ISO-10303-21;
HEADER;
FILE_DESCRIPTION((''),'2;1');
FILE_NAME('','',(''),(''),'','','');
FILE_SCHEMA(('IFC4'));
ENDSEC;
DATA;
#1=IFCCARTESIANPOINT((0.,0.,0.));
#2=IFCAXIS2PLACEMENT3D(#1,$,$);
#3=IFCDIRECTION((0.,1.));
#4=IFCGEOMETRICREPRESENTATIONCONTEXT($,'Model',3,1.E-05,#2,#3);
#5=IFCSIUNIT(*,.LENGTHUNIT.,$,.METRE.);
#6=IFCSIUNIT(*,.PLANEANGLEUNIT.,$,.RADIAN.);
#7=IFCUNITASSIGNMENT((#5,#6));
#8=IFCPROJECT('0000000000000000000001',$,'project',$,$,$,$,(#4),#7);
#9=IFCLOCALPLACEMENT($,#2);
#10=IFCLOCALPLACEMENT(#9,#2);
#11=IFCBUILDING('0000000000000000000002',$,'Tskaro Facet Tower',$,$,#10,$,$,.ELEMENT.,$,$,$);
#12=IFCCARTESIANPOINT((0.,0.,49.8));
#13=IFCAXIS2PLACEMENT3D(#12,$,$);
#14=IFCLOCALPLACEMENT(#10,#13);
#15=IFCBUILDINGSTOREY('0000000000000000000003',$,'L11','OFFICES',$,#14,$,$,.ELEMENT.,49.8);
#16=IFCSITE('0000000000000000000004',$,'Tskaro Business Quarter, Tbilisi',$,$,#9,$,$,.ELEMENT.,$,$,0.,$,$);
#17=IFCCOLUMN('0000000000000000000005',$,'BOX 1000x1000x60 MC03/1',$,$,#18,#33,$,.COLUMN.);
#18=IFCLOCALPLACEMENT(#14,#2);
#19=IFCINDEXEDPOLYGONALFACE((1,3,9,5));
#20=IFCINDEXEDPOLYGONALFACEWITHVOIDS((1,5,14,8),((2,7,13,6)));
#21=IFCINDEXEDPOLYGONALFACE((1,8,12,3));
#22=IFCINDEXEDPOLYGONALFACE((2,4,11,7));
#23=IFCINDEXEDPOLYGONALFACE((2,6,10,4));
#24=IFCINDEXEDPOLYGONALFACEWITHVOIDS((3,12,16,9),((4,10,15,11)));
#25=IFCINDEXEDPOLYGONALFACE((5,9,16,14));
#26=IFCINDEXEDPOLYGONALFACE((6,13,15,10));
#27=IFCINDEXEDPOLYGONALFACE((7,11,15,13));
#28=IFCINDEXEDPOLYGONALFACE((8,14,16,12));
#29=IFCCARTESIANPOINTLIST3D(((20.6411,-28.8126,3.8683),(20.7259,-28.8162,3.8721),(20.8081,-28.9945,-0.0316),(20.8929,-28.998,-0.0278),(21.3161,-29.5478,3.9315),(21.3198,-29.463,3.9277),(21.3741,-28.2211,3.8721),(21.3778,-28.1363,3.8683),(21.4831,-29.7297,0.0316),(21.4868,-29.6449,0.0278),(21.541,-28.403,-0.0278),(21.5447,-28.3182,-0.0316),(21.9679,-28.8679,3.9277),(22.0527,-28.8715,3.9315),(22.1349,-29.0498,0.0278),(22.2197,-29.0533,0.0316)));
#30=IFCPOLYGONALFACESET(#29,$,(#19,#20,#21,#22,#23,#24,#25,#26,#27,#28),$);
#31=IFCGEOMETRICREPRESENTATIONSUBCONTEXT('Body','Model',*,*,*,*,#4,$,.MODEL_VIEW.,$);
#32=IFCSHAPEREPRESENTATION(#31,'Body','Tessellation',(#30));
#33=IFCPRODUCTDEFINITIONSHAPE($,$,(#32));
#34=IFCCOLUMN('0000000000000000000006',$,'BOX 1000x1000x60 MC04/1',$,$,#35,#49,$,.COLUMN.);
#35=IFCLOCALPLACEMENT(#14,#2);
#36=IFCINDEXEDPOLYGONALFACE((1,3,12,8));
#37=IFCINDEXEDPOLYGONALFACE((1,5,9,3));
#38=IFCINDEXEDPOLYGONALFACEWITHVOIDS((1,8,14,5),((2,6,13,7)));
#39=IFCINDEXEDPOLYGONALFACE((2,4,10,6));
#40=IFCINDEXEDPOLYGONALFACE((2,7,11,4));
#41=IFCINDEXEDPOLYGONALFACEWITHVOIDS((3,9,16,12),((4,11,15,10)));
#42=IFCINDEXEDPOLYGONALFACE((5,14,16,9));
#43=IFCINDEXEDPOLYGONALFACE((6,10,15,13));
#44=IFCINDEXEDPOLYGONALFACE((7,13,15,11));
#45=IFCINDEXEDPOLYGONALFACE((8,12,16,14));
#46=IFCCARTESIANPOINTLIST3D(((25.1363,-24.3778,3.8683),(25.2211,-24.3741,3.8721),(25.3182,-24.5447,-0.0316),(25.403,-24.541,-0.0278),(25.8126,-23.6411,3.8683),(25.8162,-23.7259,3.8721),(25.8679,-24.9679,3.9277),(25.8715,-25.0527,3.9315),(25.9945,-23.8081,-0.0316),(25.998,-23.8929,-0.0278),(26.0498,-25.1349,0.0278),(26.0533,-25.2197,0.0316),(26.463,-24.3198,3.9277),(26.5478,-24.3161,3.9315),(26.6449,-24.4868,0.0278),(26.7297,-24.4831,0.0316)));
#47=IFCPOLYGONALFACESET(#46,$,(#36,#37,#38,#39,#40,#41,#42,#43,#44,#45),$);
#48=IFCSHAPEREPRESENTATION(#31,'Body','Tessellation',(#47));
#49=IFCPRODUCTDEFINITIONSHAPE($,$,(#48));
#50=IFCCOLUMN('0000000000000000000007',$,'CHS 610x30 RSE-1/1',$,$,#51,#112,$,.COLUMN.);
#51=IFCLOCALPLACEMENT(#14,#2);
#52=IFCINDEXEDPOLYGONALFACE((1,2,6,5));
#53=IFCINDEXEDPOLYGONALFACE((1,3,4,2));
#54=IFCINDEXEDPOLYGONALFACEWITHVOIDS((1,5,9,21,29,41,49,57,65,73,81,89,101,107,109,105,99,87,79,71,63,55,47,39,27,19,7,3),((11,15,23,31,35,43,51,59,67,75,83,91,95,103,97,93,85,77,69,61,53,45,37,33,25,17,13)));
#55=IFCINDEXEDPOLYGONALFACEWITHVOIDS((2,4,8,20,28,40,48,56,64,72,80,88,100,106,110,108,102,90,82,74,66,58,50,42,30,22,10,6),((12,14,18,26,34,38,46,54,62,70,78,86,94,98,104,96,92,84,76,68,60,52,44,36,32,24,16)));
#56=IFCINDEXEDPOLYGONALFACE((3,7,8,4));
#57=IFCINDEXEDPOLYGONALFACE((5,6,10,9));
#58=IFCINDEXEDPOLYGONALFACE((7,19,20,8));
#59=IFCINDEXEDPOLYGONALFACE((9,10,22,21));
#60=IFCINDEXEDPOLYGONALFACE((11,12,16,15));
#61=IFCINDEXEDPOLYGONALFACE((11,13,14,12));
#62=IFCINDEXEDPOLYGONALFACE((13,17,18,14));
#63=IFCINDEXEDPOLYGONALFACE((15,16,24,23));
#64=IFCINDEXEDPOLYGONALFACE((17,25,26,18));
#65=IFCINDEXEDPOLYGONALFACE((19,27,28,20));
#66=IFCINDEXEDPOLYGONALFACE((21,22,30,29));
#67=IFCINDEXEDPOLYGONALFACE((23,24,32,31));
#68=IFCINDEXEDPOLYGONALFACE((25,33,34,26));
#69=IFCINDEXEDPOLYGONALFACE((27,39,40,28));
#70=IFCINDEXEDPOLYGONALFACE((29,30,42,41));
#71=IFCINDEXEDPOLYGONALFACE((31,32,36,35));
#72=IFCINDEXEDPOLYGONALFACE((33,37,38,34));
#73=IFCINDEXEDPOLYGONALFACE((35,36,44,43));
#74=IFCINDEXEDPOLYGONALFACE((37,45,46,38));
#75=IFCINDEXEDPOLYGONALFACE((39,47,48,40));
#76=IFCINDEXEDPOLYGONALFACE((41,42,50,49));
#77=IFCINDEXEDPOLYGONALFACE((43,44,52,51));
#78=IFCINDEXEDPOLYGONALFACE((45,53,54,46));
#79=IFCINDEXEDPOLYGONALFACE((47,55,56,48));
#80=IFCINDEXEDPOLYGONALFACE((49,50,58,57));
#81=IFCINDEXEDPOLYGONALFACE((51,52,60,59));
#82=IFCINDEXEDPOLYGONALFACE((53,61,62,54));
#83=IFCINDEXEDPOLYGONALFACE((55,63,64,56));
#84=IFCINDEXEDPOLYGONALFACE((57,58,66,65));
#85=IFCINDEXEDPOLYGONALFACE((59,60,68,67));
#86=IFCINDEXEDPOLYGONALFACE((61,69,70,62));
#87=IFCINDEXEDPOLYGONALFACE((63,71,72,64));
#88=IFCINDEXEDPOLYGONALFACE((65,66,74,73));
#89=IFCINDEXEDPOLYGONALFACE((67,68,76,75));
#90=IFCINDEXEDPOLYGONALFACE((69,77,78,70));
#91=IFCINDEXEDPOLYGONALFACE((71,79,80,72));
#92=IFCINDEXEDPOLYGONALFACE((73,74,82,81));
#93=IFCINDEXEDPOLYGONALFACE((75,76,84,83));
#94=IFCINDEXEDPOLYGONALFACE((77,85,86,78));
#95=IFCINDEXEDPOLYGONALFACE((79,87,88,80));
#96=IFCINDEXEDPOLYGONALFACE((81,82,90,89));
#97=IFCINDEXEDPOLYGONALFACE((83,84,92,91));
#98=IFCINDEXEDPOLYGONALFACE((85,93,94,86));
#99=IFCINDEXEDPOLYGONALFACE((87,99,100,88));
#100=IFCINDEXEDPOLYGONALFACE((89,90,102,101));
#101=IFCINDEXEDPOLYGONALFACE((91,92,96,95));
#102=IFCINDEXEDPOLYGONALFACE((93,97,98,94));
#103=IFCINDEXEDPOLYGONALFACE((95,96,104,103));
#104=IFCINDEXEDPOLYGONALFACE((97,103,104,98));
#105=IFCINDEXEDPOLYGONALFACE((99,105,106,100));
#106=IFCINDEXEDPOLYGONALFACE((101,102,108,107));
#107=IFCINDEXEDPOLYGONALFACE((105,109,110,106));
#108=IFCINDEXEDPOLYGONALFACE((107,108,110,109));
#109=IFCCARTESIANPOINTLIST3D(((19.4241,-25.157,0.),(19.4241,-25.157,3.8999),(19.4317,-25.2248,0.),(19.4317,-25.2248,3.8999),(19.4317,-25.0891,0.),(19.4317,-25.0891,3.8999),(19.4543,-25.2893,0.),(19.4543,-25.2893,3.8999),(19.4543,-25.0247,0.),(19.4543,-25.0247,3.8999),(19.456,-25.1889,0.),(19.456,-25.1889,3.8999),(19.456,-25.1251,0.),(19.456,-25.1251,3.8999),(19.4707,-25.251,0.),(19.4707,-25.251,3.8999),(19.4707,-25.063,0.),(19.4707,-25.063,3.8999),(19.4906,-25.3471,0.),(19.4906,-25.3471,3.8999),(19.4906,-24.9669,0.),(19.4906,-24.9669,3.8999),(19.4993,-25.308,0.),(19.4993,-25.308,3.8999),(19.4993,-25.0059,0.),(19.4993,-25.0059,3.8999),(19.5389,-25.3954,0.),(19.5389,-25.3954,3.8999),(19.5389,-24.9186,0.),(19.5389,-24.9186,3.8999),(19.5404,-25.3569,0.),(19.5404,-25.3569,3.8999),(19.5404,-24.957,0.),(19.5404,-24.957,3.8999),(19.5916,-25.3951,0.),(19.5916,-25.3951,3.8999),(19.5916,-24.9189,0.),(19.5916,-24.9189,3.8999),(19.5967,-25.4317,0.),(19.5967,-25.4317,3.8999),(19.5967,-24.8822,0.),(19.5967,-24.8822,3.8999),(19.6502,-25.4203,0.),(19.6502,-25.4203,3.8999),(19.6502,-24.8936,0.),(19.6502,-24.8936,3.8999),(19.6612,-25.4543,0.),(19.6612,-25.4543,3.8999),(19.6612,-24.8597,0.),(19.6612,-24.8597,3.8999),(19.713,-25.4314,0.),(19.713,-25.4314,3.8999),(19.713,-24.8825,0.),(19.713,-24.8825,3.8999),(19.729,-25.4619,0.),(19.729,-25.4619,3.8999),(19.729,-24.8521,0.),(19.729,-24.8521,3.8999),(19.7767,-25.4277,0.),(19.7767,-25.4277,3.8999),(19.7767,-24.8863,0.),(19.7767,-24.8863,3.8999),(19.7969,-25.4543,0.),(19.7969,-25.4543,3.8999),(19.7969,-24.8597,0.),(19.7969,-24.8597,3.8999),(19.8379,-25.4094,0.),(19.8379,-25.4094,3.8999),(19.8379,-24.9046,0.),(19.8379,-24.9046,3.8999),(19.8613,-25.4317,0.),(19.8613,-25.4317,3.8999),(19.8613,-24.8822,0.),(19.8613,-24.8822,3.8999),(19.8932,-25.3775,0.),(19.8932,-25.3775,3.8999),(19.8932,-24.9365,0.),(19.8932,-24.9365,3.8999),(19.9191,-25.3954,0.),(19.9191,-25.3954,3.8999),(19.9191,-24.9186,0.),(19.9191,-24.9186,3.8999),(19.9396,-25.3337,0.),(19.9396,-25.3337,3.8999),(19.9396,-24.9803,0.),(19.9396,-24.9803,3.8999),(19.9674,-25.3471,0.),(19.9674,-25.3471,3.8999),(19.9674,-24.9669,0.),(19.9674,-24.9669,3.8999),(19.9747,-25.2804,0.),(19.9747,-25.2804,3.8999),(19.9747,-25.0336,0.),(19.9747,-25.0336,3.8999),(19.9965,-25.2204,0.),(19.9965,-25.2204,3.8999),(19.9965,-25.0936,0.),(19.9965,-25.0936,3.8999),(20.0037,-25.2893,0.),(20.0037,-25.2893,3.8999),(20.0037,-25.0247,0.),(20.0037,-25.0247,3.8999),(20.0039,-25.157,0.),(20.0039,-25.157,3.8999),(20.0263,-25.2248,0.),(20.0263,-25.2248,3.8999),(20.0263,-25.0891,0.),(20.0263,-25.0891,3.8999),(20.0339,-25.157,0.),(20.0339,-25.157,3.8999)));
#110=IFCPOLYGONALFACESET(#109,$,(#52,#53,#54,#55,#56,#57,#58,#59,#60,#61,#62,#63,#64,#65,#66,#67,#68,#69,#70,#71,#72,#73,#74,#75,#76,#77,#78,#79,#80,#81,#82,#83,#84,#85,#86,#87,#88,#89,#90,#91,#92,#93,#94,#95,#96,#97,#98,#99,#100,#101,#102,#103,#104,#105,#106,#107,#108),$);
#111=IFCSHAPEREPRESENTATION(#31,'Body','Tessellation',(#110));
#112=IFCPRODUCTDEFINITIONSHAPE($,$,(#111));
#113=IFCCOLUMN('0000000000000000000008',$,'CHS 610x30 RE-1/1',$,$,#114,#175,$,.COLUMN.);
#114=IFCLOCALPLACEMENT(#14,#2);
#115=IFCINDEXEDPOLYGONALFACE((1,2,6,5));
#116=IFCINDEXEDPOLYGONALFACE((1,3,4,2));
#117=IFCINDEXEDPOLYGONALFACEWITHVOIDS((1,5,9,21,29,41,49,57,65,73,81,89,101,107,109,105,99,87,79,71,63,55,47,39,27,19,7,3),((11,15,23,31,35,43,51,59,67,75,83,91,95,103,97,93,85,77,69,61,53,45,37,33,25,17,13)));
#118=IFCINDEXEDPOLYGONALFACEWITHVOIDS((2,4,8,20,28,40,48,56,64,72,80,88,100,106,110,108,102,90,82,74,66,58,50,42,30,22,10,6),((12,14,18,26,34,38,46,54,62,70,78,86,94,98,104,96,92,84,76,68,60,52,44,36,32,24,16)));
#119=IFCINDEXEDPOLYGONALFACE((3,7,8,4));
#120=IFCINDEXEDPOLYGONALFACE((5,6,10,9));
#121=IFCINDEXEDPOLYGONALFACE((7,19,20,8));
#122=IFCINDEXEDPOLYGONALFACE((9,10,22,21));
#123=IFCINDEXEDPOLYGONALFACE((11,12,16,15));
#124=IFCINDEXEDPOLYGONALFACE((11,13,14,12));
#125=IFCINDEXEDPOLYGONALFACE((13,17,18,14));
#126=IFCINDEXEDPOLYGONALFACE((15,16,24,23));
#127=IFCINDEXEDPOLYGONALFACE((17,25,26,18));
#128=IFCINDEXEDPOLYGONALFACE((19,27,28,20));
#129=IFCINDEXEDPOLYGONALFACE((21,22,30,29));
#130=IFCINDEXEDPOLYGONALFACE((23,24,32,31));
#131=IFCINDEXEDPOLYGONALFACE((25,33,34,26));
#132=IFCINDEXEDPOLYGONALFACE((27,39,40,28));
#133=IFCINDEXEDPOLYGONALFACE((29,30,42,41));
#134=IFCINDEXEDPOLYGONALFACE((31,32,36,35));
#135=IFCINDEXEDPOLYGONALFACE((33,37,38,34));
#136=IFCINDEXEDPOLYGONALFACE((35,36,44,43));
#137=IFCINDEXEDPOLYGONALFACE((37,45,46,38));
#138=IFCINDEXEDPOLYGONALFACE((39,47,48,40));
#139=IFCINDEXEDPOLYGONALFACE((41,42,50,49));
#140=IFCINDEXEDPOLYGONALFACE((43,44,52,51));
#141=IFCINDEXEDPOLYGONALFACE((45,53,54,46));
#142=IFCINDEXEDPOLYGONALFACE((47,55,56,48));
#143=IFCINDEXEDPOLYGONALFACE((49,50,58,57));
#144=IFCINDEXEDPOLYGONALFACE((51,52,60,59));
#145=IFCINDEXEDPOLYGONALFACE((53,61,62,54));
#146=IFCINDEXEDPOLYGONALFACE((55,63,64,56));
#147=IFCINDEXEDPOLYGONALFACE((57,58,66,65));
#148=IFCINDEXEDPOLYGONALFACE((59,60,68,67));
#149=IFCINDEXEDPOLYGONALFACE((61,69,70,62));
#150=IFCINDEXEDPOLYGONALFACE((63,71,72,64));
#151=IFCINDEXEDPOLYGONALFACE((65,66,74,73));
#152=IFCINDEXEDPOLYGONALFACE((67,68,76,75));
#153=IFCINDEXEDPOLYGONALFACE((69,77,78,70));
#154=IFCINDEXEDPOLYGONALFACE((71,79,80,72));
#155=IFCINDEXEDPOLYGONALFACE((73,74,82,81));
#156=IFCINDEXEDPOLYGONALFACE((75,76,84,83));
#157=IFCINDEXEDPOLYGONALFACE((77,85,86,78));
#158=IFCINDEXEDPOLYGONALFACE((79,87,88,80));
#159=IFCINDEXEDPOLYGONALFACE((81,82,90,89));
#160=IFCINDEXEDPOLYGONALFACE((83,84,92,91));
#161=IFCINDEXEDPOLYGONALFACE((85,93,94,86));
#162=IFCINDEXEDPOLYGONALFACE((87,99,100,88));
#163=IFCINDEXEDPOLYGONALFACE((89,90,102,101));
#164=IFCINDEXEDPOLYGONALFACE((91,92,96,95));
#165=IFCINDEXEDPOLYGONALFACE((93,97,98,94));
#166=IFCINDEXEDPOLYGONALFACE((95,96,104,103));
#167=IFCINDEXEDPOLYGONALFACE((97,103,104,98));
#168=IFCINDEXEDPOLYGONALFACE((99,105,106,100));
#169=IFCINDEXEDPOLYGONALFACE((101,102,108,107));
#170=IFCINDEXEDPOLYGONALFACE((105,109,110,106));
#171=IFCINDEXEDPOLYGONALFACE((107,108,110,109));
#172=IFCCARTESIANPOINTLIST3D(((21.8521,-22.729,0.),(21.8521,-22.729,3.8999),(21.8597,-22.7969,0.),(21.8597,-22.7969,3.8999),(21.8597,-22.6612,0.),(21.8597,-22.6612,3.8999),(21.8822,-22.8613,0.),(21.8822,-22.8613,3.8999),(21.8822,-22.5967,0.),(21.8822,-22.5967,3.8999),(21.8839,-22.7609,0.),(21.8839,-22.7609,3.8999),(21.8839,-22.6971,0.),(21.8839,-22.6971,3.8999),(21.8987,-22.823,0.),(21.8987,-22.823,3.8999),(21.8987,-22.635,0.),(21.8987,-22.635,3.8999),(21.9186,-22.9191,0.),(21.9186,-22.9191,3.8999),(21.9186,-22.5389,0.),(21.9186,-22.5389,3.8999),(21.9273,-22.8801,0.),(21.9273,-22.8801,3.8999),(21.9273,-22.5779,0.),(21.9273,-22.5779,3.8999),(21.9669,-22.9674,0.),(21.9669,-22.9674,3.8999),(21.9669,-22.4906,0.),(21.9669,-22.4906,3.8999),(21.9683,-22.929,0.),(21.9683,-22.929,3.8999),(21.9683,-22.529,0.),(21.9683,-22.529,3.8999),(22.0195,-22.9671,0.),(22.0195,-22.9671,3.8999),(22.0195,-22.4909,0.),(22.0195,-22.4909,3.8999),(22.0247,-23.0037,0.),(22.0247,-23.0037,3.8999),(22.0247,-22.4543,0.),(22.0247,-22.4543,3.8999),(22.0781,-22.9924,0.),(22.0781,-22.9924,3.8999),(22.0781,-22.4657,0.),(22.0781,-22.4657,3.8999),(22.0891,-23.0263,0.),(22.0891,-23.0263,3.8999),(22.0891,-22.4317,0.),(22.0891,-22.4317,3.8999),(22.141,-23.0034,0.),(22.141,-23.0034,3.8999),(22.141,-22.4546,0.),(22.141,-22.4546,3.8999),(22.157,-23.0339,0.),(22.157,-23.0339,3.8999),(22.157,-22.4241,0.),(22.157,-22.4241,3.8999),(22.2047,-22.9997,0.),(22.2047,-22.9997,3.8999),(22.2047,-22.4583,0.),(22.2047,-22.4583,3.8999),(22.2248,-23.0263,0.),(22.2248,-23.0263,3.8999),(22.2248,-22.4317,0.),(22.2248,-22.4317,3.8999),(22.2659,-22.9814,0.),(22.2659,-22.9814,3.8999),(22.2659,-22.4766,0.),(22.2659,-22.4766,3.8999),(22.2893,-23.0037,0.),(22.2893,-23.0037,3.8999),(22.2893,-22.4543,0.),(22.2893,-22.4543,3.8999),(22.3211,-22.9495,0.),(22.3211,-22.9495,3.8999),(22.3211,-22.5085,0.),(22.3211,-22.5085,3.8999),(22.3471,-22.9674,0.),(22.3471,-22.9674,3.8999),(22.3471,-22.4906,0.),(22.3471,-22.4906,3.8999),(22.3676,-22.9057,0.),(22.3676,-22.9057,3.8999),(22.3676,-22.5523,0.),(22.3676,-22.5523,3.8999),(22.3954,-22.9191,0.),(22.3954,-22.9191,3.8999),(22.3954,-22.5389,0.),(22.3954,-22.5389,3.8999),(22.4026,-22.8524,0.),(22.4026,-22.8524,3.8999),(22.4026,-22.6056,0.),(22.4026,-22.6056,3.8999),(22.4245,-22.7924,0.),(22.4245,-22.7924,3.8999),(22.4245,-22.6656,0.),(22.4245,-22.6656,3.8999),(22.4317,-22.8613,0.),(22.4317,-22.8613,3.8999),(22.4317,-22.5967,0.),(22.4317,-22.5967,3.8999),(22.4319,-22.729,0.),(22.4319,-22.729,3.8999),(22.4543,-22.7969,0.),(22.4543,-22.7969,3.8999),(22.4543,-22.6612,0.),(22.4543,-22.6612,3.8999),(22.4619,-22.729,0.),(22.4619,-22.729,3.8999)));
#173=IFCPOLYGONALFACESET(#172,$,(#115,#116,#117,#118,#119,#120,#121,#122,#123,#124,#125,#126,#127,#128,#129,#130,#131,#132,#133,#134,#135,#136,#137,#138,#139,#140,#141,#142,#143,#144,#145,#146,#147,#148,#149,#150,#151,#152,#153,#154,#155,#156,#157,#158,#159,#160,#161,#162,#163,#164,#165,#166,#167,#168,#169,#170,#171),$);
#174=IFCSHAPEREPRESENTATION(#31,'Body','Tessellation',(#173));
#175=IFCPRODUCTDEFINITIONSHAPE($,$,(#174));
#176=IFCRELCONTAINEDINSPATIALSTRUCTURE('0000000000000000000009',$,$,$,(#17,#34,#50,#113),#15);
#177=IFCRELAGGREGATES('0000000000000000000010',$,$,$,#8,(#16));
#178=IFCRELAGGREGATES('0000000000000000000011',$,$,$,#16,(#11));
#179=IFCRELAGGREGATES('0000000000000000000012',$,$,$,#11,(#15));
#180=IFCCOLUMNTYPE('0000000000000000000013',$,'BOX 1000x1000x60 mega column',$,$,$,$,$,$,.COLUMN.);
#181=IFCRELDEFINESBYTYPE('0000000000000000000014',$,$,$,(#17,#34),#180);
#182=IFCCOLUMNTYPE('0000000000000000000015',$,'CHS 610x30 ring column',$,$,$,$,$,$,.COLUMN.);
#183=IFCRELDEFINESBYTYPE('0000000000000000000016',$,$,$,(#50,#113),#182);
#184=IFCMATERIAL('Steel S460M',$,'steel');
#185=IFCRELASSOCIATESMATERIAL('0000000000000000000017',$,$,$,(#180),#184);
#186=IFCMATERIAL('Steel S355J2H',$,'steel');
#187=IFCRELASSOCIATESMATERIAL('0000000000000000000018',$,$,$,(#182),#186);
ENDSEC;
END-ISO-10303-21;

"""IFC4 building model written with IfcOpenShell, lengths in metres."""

from ifc_helpers import new_model, si_unit, direction, frame, origin, origin_2d, place, context, subcontext, project, spatial, hollow_rectangle, hollow_circle, extrude, material, material_profile, profile_set, type_object, element, save


model = new_model("IFC4")

# Units and contexts
model_context = context("Model", 3, precision=1e-05, world=origin(), true_north=direction((0.0, 1.0)))
body_context = subcontext(model_context, "Body", "Model", "MODEL_VIEW")
ifc_project = project(units=[si_unit("LENGTHUNIT", "METRE"), si_unit("PLANEANGLEUNIT", "RADIAN")], contexts=[model_context])

# Site, building, storey
site_placement = place(None, origin())
site = spatial("IfcSite", under=ifc_project, at=site_placement, Name="Tskaro Business Quarter, Tbilisi", CompositionType="ELEMENT", RefElevation=0.0)
building_placement = place(site_placement, origin())
building = spatial("IfcBuilding", under=site, at=building_placement, Name="Tskaro Facet Tower", CompositionType="ELEMENT")
storey_placement = place(building_placement, frame((0.0, 0.0, 49.8)))
storey = spatial("IfcBuildingStorey", under=building, at=storey_placement, Name="L11", Description="OFFICES", CompositionType="ELEMENT", Elevation=49.8)

# Columns
ifc_material_1 = material(Name="Steel S460M", Category="steel")
ifc_material_profile_1 = material_profile(ifc_material_1, hollow_rectangle(XDim=1.0, YDim=1.0, WallThickness=0.0601, at=origin_2d()), Name="BOX 1000x1000x60")
ifc_profile_set_1 = profile_set([ifc_material_profile_1], Name="Steel S460M")
column_type_1 = type_object("IfcColumnType", Name="BOX 1000x1000x60 mega column", PredefinedType="COLUMN", material=ifc_profile_set_1)
for number, where, z_axis, x_axis, name in (
    (1, (21.5139, -29.0239, 0.0), (-0.042734, 0.046545, 0.998002), (-0.73662, -0.676306, 0.0), "BOX 1000x1000x60 MC03/1"),
    (2, (26.0239, -24.5139, 0.0), (-0.046545, 0.042734, 0.998002), (-0.676306, -0.73662, 0.0), "BOX 1000x1000x60 MC04/1"),
):
    element("IfcColumn", number, at=place(storey_placement, frame(where, z_axis=z_axis, x_axis=x_axis)), inside=storey, type_object=column_type_1, Name=name, PredefinedType="COLUMN", context=body_context, shape_type="SweptSolid", body=[
        extrude(hollow_rectangle(XDim=1.0, YDim=1.0, WallThickness=0.0601, at=origin_2d()), origin(), (0.0, 0.0, 1.0), 3.9077),
    ])
ifc_material_2 = material(Name="Steel S355J2H", Category="steel")
ifc_material_profile_2 = material_profile(ifc_material_2, hollow_circle(Radius=0.3049, WallThickness=0.03, at=origin_2d()), Name="CHS 610x30")
ifc_profile_set_2 = profile_set([ifc_material_profile_2], Name="Steel S355J2H")
column_type_2 = type_object("IfcColumnType", Name="CHS 610x30 ring column", PredefinedType="COLUMN", material=ifc_profile_set_2)
for number, where, z_axis, x_axis, name in (
    (3, (19.729, -25.157, 0.0), (0.0, 0.0, 1.0), (1.0, 0.0, 0.0), "CHS 610x30 RSE-1/1"),
    (4, (22.157, -22.729, 0.0), (0.0, 0.0, 1.0), (1.0, 0.0, 0.0), "CHS 610x30 RE-1/1"),
):
    element("IfcColumn", number, at=place(storey_placement, frame(where, z_axis=z_axis, x_axis=x_axis)), inside=storey, type_object=column_type_2, Name=name, PredefinedType="COLUMN", context=body_context, shape_type="SweptSolid", body=[
        extrude(hollow_circle(Radius=0.3049, WallThickness=0.03, at=origin_2d()), origin(), (0.0, 0.0, 1.0), 3.8999),
    ])

save(model, "model.ifc")
